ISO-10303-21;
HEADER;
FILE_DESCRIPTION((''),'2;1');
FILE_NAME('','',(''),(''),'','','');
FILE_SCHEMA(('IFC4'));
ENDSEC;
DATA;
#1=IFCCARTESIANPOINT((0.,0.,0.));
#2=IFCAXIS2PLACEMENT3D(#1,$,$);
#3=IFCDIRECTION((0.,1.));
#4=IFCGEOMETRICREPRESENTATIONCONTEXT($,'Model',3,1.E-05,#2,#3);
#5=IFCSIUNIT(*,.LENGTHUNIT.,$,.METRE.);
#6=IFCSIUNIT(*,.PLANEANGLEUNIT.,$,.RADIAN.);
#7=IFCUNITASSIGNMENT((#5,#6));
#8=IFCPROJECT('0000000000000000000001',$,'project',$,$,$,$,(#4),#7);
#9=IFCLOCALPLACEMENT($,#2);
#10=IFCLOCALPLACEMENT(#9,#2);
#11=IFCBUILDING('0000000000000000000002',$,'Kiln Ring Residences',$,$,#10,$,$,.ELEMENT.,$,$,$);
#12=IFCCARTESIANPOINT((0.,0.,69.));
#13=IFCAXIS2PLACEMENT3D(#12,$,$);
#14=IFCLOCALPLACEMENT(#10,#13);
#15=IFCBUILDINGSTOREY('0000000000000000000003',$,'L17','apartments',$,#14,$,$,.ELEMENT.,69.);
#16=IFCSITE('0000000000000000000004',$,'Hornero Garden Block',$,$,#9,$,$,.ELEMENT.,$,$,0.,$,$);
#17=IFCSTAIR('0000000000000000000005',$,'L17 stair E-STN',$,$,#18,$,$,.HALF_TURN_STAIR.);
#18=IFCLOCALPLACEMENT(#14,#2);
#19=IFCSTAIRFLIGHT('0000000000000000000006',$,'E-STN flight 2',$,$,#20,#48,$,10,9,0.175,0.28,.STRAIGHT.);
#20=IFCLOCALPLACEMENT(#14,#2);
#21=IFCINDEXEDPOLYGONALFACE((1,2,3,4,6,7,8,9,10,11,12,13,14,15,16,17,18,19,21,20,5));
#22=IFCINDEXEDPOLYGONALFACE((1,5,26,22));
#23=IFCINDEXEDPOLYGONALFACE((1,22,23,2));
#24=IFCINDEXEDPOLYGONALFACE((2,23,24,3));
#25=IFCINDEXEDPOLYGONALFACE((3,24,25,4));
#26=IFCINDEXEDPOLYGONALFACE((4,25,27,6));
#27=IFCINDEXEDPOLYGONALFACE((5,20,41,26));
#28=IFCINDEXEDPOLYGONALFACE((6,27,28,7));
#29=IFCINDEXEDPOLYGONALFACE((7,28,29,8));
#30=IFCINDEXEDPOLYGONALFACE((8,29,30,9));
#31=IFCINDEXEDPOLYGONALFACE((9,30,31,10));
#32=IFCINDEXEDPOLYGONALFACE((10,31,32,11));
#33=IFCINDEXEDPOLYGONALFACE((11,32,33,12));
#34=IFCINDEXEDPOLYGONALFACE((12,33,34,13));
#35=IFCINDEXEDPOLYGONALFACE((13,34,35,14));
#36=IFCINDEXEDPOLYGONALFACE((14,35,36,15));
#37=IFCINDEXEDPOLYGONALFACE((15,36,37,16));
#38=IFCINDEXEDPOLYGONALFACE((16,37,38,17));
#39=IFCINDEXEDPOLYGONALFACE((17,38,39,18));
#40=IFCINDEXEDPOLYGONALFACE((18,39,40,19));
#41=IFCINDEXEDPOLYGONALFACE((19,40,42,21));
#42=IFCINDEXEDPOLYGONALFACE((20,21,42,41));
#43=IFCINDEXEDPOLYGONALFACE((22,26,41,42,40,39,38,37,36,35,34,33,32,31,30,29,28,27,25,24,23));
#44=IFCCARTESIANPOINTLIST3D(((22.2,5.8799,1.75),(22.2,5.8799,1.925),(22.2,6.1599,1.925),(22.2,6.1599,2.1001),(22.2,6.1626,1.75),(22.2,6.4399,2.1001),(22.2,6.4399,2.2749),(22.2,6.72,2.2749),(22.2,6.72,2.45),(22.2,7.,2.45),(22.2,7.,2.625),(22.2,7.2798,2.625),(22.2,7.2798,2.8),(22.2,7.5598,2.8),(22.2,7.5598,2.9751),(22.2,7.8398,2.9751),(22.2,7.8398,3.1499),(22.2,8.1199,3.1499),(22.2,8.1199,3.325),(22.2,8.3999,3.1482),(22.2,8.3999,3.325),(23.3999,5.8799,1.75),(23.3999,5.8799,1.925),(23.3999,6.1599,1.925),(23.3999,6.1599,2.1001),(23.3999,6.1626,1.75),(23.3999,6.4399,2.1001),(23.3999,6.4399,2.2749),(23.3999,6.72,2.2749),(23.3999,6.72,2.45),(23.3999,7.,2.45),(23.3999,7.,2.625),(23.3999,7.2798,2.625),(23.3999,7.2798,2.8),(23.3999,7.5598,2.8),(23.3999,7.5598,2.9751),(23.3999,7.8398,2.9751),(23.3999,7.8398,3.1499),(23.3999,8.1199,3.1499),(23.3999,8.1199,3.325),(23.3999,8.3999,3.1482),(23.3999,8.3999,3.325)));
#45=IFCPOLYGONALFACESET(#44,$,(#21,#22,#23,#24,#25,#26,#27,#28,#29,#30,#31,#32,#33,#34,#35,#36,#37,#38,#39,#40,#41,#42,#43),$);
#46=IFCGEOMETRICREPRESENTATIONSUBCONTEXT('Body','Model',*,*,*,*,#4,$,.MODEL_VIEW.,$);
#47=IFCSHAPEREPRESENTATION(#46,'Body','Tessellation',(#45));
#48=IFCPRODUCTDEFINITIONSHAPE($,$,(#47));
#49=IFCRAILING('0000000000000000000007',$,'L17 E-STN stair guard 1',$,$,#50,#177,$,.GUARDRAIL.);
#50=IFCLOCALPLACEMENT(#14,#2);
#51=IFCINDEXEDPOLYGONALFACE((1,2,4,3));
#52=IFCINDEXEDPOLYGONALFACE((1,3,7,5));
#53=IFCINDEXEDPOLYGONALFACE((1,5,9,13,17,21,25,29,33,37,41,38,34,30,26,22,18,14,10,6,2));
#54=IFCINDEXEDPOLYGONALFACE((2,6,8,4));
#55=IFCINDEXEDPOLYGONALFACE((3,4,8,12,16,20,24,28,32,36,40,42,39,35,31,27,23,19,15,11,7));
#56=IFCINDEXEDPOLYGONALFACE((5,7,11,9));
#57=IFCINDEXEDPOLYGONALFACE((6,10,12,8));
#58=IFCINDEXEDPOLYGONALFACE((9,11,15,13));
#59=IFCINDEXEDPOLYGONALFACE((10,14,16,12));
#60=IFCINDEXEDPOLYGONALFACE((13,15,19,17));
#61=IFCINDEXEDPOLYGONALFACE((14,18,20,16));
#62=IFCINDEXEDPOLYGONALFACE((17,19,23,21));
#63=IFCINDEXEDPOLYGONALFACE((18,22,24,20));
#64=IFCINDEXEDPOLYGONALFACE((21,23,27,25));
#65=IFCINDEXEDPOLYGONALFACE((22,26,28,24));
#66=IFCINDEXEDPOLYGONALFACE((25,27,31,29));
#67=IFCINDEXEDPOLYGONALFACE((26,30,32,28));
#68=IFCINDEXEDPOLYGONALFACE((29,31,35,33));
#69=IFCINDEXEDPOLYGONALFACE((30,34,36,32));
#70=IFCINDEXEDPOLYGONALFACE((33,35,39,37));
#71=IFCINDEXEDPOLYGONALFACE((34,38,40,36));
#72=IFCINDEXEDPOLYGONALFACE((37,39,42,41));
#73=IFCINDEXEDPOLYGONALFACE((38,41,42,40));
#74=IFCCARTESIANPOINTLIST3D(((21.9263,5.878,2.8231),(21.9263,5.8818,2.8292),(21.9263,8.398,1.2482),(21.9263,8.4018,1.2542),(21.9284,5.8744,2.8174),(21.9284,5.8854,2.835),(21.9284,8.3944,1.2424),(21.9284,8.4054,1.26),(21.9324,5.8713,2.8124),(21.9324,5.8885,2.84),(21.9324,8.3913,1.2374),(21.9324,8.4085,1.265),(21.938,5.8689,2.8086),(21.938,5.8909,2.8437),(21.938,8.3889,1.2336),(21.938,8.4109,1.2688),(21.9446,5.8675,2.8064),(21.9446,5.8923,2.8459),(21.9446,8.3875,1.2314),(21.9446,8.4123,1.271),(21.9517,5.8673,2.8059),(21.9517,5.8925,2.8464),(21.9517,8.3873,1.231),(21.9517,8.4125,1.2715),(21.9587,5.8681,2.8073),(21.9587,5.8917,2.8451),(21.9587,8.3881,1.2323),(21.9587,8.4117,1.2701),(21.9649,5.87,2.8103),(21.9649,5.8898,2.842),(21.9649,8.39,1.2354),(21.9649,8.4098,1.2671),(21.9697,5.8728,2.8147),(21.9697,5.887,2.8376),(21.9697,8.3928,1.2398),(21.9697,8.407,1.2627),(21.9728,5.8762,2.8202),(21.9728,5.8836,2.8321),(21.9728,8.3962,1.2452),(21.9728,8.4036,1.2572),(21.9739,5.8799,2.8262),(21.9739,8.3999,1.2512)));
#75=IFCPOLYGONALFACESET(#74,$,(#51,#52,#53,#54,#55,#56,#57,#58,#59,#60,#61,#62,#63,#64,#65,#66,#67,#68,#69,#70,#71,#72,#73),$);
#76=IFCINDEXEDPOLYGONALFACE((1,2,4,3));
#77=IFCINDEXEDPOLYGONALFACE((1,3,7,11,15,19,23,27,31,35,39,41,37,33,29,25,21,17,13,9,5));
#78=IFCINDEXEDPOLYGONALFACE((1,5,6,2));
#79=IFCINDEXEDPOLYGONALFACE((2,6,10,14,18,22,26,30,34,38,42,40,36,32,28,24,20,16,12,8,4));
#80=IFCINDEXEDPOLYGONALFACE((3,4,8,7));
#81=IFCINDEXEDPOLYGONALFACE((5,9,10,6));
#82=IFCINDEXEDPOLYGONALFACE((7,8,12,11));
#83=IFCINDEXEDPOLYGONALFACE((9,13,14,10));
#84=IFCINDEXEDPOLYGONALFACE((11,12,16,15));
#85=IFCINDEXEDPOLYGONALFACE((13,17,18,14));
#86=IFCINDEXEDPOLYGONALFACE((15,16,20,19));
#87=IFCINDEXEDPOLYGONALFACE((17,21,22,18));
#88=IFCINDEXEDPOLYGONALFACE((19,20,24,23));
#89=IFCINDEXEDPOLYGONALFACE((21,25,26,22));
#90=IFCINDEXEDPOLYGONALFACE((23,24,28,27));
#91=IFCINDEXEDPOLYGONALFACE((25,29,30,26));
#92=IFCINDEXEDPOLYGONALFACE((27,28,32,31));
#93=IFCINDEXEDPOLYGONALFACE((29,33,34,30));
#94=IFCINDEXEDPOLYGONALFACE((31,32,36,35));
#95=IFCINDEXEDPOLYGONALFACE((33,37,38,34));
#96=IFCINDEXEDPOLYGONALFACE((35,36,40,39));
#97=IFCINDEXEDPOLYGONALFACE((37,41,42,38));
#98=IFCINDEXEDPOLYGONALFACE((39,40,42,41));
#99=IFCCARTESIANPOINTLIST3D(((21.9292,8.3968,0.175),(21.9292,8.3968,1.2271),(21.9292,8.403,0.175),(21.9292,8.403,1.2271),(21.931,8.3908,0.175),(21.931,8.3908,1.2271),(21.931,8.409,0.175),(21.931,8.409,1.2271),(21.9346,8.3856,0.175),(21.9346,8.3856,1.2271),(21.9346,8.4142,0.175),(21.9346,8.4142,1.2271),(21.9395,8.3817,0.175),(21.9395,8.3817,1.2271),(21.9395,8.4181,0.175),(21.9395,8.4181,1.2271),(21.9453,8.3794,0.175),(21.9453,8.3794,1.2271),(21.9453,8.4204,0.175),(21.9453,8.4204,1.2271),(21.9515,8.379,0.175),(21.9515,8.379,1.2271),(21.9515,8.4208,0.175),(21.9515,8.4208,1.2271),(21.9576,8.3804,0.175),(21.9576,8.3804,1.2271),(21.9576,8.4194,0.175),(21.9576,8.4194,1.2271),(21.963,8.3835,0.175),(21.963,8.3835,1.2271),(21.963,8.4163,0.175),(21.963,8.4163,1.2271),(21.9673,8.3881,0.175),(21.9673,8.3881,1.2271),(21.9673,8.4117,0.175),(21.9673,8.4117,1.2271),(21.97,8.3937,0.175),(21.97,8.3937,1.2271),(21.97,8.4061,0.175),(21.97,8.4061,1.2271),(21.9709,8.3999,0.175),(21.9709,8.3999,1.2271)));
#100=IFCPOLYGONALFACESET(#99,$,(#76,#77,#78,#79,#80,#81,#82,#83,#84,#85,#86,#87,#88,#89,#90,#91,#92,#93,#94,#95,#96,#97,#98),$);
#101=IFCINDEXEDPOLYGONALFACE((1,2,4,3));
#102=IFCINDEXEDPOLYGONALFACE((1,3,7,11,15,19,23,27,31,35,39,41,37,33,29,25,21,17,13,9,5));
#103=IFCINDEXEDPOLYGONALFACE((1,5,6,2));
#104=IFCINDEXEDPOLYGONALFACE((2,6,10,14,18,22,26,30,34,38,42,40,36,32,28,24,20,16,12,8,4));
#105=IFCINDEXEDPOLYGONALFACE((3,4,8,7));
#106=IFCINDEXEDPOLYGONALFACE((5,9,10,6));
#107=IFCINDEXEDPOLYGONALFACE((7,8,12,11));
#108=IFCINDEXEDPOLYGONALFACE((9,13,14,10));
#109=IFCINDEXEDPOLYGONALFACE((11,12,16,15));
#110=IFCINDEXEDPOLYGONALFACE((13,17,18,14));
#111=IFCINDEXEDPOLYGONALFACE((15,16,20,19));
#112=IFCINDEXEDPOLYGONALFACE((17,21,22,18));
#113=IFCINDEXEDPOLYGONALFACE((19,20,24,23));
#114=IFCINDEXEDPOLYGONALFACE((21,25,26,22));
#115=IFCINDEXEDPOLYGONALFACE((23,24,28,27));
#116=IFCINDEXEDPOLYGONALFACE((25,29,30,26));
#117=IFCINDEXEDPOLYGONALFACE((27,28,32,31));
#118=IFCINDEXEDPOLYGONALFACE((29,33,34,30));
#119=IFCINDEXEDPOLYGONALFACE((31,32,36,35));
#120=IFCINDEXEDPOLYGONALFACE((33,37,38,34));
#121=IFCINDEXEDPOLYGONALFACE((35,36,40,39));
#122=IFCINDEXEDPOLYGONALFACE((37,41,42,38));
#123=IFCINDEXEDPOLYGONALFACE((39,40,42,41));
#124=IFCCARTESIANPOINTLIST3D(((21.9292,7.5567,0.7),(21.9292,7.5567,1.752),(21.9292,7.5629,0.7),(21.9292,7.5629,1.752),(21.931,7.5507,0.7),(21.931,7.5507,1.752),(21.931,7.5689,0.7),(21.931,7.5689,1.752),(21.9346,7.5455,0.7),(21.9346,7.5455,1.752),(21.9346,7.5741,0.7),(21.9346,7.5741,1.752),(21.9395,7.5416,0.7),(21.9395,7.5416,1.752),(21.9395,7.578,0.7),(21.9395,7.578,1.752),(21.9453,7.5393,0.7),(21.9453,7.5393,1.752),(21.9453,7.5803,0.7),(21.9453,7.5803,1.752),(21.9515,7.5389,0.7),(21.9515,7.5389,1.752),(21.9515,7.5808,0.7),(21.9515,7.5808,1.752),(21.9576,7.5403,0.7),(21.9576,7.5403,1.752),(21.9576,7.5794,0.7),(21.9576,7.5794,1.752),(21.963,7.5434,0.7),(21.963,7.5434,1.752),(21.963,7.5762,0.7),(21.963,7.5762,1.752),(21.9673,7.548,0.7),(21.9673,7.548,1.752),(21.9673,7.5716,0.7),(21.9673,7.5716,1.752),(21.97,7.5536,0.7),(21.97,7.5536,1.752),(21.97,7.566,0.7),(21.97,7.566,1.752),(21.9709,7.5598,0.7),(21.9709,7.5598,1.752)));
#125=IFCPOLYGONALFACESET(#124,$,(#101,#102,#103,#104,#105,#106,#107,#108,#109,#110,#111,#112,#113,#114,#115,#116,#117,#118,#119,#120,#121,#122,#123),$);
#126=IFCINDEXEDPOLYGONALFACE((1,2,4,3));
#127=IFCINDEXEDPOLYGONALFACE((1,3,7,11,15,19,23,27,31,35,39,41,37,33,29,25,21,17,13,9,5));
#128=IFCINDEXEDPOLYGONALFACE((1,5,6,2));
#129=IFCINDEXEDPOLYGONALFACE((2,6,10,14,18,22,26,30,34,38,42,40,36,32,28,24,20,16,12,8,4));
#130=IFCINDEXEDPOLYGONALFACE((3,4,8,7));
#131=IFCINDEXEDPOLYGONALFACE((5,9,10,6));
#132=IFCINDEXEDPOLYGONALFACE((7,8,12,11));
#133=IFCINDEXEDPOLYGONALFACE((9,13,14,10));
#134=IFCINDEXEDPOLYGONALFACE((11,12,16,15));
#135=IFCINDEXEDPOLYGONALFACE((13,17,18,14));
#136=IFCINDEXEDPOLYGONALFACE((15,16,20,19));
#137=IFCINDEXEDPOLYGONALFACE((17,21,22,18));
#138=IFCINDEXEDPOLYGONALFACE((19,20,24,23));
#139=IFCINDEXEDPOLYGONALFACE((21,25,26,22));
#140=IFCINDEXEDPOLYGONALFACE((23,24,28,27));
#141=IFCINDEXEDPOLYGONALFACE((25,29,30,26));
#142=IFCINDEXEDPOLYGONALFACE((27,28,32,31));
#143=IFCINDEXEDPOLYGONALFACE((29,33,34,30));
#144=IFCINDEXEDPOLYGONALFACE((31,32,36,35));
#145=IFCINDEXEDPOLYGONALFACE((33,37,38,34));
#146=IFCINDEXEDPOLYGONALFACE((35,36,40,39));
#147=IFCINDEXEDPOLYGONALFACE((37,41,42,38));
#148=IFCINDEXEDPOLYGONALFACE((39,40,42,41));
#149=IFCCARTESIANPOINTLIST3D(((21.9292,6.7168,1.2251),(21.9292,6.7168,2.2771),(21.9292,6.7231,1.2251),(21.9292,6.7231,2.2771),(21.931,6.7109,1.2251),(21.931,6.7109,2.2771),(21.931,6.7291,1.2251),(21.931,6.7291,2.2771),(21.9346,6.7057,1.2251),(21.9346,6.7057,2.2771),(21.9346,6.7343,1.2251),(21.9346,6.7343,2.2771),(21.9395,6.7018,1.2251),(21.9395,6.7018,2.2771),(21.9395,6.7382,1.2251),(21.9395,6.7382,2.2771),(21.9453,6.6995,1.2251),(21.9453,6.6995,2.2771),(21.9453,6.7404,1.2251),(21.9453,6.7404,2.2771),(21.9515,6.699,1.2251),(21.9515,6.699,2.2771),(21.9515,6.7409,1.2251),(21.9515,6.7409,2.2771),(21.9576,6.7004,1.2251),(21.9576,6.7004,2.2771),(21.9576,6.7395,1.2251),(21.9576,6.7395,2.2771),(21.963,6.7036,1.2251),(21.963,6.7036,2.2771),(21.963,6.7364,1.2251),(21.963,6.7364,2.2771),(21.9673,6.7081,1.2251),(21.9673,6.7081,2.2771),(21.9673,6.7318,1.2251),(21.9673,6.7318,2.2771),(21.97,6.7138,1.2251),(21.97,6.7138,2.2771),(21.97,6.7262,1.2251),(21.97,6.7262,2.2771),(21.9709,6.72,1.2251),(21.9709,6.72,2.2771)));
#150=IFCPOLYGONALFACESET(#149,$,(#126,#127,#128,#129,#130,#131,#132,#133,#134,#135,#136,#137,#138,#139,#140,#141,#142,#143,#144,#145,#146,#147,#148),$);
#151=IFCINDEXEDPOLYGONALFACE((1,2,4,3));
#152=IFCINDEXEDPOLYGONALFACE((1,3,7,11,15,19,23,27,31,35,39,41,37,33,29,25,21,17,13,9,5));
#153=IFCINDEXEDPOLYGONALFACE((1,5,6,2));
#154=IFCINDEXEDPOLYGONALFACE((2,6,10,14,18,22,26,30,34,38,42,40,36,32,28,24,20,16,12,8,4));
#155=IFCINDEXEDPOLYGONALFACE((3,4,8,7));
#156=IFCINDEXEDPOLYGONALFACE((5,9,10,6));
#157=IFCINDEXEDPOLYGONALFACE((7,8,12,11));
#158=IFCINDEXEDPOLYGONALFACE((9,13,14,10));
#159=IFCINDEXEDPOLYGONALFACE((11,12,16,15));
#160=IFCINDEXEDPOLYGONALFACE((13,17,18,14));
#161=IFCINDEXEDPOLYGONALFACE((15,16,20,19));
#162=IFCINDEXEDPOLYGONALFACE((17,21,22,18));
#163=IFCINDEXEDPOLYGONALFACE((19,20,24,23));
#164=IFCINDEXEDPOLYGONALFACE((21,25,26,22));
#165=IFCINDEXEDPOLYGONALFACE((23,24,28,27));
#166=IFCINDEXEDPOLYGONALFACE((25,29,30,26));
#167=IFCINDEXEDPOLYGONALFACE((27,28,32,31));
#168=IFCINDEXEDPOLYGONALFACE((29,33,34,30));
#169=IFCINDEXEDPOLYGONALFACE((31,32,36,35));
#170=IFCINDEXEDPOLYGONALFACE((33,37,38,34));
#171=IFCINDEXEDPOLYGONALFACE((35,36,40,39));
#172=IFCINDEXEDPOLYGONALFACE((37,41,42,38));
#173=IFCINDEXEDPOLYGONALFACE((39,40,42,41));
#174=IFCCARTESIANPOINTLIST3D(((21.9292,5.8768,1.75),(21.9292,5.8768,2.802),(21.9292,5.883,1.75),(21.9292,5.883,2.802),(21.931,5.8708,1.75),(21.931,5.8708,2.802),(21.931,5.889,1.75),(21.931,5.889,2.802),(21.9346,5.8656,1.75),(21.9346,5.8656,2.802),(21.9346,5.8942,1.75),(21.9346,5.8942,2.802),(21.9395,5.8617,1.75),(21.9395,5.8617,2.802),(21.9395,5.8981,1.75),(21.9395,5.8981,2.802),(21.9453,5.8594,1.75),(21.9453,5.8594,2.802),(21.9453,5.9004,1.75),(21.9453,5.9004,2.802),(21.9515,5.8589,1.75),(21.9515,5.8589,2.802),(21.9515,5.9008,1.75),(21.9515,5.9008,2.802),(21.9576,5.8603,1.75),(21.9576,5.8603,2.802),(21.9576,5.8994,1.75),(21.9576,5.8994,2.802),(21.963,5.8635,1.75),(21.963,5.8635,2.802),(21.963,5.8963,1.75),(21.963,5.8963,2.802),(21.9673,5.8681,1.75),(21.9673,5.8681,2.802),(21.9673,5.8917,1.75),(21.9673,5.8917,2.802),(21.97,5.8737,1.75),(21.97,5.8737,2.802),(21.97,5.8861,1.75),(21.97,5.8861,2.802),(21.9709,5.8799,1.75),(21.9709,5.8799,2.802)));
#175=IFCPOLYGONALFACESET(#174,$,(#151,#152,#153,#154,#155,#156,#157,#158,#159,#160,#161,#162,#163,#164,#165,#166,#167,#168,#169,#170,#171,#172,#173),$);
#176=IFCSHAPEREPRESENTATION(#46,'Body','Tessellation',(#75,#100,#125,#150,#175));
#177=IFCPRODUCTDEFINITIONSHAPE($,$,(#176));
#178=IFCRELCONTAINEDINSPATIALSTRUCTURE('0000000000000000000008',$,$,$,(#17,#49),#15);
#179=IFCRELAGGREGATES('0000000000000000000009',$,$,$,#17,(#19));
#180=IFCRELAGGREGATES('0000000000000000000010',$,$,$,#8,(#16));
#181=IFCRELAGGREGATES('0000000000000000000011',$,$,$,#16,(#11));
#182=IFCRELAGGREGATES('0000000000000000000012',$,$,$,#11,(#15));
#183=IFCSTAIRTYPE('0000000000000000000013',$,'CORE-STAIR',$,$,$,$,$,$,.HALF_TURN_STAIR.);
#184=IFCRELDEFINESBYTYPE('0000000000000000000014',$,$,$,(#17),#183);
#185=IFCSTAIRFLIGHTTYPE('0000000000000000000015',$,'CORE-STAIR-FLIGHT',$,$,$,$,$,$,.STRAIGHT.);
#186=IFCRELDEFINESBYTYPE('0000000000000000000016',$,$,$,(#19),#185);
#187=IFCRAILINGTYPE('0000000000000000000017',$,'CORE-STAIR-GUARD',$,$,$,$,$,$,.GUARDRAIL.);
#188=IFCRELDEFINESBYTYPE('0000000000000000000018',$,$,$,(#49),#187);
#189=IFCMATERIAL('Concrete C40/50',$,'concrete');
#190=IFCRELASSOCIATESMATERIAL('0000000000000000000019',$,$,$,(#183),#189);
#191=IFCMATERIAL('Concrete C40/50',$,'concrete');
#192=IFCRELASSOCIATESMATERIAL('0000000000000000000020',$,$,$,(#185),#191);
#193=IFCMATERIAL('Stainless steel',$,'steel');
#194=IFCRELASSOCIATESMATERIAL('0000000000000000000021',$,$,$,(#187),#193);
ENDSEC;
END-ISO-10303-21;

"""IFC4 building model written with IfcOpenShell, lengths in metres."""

from ifc_helpers import new_model, si_unit, direction, frame, origin, origin_2d, place, context, subcontext, project, spatial, polyline, circle, outline, extrude, material, type_object, element, aggregate, save


model = new_model("IFC4")

# Units and contexts
model_context = context("Model", 3, precision=1e-05, world=origin(), true_north=direction((0.0, 1.0)))
body_context = subcontext(model_context, "Body", "Model", "MODEL_VIEW")
ifc_project = project(units=[si_unit("LENGTHUNIT", "METRE"), si_unit("PLANEANGLEUNIT", "RADIAN")], contexts=[model_context])

# Site, building, storey
site_placement = place(None, origin())
site = spatial("IfcSite", under=ifc_project, at=site_placement, Name="Hornero Garden Block", CompositionType="ELEMENT", RefElevation=0.0)
building_placement = place(site_placement, origin())
building = spatial("IfcBuilding", under=site, at=building_placement, Name="Kiln Ring Residences", CompositionType="ELEMENT")
storey_placement = place(building_placement, frame((0.0, 0.0, 69.0)))
storey = spatial("IfcBuildingStorey", under=building, at=storey_placement, Name="L17", Description="apartments", CompositionType="ELEMENT", Elevation=69.0)

# Stair, stair flight
ifc_material_1 = material(Name="Concrete C40/50", Category="concrete")
stair_type = type_object("IfcStairType", Name="CORE-STAIR", PredefinedType="HALF_TURN_STAIR", material=ifc_material_1)
stair_placement = place(storey_placement, origin())
stair = element("IfcStair", 1, at=stair_placement, inside=storey, type_object=stair_type, Name="L17 stair E-STN", PredefinedType="HALF_TURN_STAIR")
ifc_material_2 = material(Name="Concrete C40/50", Category="concrete")
stair_flight_type = type_object("IfcStairFlightType", Name="CORE-STAIR-FLIGHT", PredefinedType="STRAIGHT", material=ifc_material_2)
stair_flight_1_placement = place(storey_placement, frame((22.8, 5.8799, 1.75), z_axis=(0.0, 0.0, 1.0), x_axis=(0.0, 1.0, 0.0)))
stair_flight_1 = element("IfcStairFlight", 2, at=stair_flight_1_placement, type_object=stair_flight_type, Name="E-STN flight 2", NumberOfRisers=10, NumberOfTreads=9, PredefinedType="STRAIGHT", RiserHeight=0.175, TreadLength=0.28, context=body_context, shape_type="SweptSolid", body=[
    extrude(outline(polyline([(0.0, 0.0), (0.0, 0.175), (0.28, 0.175), (0.28, 0.3501), (0.5601, 0.3501), (0.5601, 0.5249), (0.8401, 0.5249), (0.8401, 0.7), (1.1201, 0.7), (1.1201, 0.875), (1.3999, 0.875), (1.3999, 1.05), (1.6799, 1.05), (1.6799, 1.2251), (1.96, 1.2251), (1.96, 1.3999), (2.24, 1.3999), (2.24, 1.575), (2.52, 1.575), (2.52, 1.75), (2.52, 1.3982), (0.2827, 0.0), (0.0, 0.0)])), frame((0.0, 0.6001, 0.0), z_axis=(0.0, -1.0, 0.0), x_axis=(1.0, 0.0, 0.0)), (0.0, 0.0, 1.0), 1.2),
])
aggregate(stair, [stair_flight_1])

# Railing
ifc_material_3 = material(Name="Stainless steel", Category="steel")
railing_type_1 = type_object("IfcRailingType", Name="CORE-STAIR-GUARD", PredefinedType="GUARDRAIL", material=ifc_material_3)
railing_1_placement = place(storey_placement, frame((21.95, 8.3999, 0.175)))
element("IfcRailing", 3, at=railing_1_placement, inside=storey, type_object=railing_type_1, Name="L17 E-STN stair guard 1", PredefinedType="GUARDRAIL", context=body_context, shape_type="SweptSolid", body=[
    extrude(circle(Radius=0.0239, at=origin_2d()), frame((0.0, 0.0, 1.0762), z_axis=(0.0, -0.848008, 0.529984), x_axis=(1.0, 0.0, 0.0)), (0.0, 0.0, 1.0), 2.9717),
    extrude(circle(Radius=0.021, at=origin_2d()), origin(), (0.0, 0.0, 1.0), 1.052),
    extrude(circle(Radius=0.021, at=origin_2d()), frame((0.0, -0.8401, 0.5249)), (0.0, 0.0, 1.0), 1.052),
    extrude(circle(Radius=0.021, at=origin_2d()), frame((0.0, -1.6799, 1.05)), (0.0, 0.0, 1.0), 1.052),
    extrude(circle(Radius=0.021, at=origin_2d()), frame((0.0, -2.52, 1.575)), (0.0, 0.0, 1.0), 1.052),
])

save(model, "model.ifc")
